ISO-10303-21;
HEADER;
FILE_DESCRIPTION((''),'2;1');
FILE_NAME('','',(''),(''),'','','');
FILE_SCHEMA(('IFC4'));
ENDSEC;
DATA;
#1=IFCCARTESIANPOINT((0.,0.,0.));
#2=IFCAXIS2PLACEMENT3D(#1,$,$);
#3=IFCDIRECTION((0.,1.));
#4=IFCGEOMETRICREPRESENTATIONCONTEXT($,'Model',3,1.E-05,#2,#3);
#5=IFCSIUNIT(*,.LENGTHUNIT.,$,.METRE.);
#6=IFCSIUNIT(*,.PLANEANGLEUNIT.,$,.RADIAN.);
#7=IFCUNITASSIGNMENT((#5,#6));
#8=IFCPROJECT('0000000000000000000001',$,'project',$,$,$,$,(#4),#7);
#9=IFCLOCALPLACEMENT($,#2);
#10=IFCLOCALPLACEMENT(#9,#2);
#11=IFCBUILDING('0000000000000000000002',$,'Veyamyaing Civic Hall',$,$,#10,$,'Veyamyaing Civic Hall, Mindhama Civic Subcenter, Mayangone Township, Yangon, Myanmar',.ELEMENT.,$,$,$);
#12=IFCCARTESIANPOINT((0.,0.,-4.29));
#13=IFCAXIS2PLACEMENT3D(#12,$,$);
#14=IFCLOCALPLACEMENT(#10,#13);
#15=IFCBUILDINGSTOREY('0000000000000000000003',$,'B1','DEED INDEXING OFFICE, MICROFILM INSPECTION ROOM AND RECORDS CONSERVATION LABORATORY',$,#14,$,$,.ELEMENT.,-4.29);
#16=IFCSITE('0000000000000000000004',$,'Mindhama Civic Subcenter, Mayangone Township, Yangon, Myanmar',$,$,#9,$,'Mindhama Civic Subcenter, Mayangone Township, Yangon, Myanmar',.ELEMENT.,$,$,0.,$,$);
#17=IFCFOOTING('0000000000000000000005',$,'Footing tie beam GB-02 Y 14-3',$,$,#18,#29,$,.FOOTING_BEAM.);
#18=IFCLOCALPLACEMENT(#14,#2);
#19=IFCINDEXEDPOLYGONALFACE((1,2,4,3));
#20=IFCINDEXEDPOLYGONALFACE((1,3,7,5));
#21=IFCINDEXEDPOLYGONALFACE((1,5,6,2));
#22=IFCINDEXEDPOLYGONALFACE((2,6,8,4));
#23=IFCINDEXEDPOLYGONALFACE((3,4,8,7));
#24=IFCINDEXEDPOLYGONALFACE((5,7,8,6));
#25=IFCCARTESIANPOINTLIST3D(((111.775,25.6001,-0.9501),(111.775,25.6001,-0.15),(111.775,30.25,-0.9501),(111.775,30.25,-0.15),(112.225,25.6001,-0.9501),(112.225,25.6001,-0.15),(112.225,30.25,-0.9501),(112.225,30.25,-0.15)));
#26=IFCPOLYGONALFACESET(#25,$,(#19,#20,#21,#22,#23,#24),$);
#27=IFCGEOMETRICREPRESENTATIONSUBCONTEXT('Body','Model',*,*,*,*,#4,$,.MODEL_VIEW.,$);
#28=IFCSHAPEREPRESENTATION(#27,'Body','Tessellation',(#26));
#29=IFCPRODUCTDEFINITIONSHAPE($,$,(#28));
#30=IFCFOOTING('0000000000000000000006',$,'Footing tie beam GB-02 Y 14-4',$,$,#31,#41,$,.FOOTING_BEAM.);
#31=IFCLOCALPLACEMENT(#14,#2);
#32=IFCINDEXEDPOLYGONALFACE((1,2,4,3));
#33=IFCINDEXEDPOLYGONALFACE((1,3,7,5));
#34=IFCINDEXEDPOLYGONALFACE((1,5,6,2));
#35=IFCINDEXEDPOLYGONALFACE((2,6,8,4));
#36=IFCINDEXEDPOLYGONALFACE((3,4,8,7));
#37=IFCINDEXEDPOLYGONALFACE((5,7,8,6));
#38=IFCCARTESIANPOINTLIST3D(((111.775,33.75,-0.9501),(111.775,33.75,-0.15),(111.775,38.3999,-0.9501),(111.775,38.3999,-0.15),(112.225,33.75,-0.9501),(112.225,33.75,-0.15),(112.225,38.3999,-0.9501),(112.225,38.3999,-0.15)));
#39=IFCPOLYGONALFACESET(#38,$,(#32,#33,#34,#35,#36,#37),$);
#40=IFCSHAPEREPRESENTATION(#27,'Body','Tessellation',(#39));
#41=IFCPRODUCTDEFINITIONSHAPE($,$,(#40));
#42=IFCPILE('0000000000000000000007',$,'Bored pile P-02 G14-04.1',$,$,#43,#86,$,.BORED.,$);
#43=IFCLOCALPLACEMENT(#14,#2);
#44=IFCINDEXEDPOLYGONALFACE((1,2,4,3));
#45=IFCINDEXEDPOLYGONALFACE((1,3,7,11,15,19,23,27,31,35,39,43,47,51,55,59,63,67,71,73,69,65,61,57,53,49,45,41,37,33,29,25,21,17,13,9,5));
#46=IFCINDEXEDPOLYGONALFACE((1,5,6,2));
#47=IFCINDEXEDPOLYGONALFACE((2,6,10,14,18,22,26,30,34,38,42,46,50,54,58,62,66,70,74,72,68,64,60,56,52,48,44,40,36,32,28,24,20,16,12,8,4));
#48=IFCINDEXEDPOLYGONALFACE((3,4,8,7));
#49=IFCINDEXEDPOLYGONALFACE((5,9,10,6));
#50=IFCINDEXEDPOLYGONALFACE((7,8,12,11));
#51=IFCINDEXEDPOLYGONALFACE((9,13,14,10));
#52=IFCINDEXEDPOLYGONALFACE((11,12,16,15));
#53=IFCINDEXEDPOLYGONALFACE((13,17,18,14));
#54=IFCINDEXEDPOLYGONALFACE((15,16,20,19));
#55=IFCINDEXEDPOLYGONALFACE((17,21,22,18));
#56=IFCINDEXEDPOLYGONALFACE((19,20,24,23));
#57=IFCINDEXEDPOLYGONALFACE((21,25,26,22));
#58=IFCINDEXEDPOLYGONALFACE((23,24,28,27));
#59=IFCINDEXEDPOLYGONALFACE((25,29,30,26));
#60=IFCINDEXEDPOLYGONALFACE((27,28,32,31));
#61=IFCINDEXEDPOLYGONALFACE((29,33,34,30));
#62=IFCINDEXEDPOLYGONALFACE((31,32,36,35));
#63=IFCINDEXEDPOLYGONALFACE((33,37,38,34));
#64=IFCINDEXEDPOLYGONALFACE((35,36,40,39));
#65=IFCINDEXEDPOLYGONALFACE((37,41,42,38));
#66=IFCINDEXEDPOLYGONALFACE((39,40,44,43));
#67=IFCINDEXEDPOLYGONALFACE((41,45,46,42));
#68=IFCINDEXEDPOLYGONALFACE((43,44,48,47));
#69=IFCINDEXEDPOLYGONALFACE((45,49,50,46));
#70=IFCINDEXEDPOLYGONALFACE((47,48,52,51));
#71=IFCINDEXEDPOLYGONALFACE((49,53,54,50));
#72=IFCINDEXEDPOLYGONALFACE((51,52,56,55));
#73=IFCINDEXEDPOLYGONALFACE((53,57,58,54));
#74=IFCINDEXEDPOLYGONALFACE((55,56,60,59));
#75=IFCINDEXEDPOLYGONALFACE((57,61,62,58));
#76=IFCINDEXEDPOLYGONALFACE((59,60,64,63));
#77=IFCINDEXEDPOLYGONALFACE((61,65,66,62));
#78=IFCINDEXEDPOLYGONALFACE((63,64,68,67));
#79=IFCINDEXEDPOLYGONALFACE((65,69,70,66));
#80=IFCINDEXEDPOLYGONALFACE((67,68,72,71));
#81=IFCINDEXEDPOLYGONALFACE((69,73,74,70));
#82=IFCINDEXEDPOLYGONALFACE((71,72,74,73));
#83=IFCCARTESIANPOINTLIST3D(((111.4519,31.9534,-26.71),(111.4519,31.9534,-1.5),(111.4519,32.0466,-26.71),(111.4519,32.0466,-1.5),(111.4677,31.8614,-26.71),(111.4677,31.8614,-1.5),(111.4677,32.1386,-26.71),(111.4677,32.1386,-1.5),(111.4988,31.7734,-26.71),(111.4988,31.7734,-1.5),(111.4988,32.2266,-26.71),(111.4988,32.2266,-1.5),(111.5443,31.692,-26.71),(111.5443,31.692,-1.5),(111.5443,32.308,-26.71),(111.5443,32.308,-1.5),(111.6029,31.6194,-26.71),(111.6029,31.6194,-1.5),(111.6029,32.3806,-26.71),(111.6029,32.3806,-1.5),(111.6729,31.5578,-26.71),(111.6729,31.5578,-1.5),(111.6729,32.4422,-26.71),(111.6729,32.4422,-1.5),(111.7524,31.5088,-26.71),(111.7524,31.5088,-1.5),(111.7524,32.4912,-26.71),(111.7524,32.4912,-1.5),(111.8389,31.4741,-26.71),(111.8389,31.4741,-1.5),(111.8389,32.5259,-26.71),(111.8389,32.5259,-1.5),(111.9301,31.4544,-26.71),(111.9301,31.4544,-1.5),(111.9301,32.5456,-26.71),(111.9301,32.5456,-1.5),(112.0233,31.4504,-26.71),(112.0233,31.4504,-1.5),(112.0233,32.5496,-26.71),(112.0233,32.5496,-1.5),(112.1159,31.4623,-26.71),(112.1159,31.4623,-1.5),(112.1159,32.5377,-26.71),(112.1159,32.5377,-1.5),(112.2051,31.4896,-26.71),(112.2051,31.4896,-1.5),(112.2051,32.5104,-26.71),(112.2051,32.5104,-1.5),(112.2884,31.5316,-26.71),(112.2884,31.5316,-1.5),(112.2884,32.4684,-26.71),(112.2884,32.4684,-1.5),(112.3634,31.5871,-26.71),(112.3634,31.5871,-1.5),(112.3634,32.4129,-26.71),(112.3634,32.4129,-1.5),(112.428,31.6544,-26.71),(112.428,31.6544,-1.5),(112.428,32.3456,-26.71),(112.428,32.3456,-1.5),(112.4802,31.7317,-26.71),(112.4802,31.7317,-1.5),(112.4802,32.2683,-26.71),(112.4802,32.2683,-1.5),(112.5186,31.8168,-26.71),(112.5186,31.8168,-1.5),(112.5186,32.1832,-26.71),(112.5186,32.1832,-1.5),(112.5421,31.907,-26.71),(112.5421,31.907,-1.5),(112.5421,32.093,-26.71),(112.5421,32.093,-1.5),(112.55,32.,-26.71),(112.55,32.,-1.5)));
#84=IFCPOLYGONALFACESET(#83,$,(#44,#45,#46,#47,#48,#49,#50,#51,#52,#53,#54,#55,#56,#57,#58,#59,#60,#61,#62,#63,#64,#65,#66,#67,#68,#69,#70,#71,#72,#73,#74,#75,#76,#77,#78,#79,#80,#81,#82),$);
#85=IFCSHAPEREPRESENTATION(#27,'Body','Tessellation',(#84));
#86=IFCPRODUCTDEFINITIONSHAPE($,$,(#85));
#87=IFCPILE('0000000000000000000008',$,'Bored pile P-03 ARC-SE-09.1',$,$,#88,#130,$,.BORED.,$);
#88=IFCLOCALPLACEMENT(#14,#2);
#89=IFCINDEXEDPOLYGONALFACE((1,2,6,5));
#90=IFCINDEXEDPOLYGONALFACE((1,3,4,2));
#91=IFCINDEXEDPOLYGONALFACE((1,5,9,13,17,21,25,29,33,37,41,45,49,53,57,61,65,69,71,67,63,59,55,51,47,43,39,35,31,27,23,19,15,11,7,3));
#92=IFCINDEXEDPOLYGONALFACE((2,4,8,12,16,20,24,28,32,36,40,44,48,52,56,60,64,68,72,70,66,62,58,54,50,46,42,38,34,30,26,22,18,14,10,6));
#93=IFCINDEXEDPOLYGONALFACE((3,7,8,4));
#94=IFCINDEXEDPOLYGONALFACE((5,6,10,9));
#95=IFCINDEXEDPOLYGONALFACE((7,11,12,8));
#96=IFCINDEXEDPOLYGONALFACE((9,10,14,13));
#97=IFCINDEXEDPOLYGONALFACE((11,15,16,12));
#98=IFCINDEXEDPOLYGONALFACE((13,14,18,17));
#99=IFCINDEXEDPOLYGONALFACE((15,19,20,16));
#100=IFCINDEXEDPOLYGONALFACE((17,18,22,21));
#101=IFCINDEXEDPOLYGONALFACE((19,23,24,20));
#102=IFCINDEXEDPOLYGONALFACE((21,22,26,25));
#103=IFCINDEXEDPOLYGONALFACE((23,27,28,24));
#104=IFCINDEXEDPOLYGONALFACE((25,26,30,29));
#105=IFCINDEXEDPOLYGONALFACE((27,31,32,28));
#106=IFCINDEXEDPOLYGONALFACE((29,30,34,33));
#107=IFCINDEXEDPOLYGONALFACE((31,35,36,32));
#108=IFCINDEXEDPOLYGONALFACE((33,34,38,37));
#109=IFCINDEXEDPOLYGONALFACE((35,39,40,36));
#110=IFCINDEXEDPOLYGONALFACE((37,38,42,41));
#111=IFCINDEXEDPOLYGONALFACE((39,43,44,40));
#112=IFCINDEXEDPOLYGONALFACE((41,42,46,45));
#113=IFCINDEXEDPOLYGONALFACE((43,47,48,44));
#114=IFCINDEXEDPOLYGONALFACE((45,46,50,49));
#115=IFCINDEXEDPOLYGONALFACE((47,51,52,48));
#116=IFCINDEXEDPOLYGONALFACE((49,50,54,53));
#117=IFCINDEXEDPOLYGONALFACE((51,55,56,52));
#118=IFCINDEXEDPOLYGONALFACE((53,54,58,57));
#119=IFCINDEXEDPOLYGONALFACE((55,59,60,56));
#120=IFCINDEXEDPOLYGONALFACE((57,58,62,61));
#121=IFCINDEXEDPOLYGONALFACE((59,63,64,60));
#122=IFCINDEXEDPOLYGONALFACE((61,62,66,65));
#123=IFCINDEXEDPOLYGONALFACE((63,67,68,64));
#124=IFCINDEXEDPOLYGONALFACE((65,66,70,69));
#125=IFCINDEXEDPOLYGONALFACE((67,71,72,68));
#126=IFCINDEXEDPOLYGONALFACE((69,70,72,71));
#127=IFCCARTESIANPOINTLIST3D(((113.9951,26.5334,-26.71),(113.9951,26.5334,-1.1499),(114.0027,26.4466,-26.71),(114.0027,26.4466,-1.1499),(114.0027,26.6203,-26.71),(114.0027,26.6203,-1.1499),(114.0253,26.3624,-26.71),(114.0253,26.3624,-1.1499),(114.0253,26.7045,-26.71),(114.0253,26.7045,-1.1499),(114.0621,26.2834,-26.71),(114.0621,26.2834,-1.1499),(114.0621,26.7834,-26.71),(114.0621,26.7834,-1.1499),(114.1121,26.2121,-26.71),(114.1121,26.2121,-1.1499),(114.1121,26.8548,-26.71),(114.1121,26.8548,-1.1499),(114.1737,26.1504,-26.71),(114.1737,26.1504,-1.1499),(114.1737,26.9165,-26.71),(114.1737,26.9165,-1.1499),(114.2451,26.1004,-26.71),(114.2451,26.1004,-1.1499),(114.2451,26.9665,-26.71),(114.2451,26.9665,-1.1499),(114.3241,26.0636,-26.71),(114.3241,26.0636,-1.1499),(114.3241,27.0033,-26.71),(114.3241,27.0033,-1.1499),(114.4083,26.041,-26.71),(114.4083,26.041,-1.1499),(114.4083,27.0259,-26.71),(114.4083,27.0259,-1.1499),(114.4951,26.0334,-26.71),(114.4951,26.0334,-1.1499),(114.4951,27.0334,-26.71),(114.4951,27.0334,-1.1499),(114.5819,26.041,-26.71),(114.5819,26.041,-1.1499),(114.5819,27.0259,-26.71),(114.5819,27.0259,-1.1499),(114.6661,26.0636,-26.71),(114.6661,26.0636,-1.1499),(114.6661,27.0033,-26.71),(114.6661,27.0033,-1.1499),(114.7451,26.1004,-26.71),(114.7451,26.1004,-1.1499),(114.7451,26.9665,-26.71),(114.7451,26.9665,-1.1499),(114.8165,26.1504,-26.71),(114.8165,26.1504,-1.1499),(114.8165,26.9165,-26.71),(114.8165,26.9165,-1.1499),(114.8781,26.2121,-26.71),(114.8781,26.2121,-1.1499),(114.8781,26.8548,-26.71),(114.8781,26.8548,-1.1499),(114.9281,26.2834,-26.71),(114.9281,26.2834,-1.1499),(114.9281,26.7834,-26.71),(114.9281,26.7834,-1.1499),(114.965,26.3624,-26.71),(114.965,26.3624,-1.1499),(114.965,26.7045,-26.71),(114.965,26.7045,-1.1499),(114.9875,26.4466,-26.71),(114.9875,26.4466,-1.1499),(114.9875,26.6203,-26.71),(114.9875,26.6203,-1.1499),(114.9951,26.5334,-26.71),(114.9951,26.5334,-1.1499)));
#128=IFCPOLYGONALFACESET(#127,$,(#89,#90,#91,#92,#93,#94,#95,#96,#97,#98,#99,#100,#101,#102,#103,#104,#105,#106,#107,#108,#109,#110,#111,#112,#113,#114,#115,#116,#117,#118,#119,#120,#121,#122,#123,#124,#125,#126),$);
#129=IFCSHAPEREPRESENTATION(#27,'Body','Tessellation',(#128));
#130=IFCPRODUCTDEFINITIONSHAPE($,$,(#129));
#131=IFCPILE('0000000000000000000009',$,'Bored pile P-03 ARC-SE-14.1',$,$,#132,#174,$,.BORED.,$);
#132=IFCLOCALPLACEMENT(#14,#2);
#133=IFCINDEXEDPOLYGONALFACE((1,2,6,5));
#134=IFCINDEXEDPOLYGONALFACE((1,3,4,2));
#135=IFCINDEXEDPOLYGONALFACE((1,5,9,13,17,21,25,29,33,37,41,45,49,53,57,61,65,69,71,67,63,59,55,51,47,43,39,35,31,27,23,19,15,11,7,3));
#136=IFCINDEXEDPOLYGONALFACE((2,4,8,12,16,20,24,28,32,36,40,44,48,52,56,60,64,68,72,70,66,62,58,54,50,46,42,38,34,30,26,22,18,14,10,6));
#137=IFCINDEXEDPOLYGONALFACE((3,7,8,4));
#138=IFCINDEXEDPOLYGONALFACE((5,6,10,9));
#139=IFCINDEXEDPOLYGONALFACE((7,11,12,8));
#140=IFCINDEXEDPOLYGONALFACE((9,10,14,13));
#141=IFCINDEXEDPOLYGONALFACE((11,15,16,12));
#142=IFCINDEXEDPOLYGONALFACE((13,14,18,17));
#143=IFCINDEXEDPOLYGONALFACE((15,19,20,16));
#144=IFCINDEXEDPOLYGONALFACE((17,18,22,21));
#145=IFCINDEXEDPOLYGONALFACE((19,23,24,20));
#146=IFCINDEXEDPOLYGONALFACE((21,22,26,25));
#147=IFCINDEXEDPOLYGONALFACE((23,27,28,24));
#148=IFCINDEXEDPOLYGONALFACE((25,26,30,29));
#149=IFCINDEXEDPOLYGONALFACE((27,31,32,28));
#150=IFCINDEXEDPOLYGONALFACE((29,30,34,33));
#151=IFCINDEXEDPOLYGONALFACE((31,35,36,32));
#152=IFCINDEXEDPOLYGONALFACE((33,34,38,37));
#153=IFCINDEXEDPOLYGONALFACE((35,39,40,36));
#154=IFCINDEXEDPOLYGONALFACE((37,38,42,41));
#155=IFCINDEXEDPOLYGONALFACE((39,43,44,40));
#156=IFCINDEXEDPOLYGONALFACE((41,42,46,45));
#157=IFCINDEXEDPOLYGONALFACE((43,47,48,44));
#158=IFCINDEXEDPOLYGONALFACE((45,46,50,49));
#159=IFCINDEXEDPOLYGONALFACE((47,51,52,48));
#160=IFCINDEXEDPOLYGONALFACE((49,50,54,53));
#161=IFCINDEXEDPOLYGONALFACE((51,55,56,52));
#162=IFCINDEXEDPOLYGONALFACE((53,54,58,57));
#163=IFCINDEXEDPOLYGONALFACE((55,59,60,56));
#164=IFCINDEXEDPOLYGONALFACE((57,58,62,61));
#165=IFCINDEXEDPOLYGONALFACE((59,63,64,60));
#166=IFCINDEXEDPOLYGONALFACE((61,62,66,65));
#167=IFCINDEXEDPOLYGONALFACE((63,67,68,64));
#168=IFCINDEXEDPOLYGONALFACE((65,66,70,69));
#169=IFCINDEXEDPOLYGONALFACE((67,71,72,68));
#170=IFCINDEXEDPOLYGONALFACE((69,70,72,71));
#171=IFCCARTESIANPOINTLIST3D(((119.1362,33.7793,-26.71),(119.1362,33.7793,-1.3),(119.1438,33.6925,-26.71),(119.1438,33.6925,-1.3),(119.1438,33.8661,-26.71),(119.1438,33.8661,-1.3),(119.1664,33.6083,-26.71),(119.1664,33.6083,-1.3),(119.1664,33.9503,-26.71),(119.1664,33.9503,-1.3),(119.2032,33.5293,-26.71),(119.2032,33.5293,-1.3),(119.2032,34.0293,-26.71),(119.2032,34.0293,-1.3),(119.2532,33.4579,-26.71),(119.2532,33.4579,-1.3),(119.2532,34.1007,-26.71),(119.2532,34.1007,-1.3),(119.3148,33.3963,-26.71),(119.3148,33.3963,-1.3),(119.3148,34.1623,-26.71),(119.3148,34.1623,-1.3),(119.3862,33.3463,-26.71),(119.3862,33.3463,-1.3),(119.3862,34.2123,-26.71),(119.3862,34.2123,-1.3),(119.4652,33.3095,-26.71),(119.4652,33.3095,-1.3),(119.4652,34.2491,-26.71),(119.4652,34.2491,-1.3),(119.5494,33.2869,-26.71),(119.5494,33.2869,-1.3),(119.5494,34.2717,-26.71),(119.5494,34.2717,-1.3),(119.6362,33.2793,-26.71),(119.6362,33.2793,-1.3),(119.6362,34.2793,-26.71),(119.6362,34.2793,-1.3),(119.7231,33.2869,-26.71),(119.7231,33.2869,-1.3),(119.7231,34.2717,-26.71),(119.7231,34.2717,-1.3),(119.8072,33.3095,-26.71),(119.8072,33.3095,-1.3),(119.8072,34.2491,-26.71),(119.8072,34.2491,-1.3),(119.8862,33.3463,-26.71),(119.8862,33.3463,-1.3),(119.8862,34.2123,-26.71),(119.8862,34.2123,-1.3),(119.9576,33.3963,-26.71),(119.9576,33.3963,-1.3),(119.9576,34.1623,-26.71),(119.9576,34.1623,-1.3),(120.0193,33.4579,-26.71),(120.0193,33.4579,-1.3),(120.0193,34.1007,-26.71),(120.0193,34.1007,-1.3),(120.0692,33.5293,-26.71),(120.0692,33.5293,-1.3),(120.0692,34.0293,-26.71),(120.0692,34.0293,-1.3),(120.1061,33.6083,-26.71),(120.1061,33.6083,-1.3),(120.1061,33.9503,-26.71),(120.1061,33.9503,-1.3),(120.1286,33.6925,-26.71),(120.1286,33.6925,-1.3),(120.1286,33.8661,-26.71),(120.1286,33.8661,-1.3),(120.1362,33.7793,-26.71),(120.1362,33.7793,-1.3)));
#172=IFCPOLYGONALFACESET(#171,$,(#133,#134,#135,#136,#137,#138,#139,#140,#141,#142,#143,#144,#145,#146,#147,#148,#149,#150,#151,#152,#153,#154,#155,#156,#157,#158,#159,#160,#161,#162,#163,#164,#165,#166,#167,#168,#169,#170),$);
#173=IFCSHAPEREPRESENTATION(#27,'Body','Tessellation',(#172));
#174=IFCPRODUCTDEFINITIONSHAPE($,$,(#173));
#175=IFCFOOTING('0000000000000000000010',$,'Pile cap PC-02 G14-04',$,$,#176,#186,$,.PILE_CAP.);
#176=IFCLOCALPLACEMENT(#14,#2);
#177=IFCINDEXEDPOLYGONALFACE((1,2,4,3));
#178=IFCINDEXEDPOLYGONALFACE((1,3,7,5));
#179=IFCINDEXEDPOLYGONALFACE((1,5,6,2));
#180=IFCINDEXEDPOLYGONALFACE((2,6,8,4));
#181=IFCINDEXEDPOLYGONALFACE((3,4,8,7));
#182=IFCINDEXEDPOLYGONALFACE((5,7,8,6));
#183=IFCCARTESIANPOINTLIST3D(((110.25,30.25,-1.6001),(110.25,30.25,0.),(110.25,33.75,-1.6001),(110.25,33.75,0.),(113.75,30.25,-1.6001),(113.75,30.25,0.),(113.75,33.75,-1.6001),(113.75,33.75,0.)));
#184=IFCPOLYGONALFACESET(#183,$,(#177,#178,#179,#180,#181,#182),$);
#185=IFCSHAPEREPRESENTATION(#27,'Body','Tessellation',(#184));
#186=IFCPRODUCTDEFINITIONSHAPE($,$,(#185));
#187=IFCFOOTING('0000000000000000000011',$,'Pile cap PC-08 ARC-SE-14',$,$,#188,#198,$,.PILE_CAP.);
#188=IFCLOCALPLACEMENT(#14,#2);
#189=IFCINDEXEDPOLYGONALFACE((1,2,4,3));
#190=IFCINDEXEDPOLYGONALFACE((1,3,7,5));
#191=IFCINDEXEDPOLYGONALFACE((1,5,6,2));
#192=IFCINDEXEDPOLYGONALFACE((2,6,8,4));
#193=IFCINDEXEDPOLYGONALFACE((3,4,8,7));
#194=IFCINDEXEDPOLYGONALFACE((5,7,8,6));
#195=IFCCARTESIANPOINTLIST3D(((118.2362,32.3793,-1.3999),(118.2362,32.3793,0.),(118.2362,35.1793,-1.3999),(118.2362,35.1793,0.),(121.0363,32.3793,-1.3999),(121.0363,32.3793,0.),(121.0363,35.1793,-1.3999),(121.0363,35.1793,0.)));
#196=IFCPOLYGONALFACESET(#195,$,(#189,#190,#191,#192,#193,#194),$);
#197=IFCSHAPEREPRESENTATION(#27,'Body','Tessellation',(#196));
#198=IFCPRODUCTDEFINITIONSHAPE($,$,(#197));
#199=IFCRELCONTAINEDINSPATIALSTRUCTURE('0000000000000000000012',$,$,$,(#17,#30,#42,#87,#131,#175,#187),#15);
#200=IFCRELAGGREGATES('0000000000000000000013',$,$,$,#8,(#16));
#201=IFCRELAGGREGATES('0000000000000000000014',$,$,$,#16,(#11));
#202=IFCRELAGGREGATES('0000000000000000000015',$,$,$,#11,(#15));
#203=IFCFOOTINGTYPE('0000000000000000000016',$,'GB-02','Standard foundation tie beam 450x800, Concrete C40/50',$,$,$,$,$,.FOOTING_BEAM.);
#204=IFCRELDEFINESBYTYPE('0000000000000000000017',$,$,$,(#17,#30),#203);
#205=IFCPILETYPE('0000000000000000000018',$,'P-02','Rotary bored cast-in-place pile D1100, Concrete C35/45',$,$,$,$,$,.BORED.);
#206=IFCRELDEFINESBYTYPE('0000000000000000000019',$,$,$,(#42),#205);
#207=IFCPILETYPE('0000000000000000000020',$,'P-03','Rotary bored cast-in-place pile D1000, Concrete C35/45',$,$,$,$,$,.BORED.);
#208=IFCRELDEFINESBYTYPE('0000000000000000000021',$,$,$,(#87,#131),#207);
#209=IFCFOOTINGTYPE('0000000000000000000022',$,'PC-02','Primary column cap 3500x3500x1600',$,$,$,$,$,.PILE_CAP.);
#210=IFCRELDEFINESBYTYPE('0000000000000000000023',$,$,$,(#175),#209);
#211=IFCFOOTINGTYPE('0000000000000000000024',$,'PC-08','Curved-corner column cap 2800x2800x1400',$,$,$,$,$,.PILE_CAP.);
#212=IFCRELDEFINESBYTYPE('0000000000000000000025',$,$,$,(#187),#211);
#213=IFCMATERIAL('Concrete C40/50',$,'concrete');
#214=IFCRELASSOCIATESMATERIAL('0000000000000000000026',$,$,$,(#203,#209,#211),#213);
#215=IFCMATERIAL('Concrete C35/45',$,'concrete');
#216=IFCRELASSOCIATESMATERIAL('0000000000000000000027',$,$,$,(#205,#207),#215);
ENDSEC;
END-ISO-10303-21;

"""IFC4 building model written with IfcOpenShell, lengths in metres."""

from ifc_helpers import new_model, si_unit, direction, frame, origin, origin_2d, place, context, subcontext, project, spatial, rectangle, circle, extrude, material, material_profile, profile_set, type_object, element, save


model = new_model("IFC4")

# Units and contexts
model_context = context("Model", 3, precision=1e-05, world=origin(), true_north=direction((0.0, 1.0)))
body_context = subcontext(model_context, "Body", "Model", "MODEL_VIEW")
ifc_project = project(units=[si_unit("LENGTHUNIT", "METRE"), si_unit("PLANEANGLEUNIT", "RADIAN")], contexts=[model_context])

# Site, building, storey
site_placement = place(None, origin())
site = spatial("IfcSite", under=ifc_project, at=site_placement, Name="Mindhama Civic Subcenter, Mayangone Township, Yangon, Myanmar", LongName="Mindhama Civic Subcenter, Mayangone Township, Yangon, Myanmar", CompositionType="ELEMENT", RefElevation=0.0)
building_placement = place(site_placement, origin())
building = spatial("IfcBuilding", under=site, at=building_placement, Name="Veyamyaing Civic Hall", LongName="Veyamyaing Civic Hall, Mindhama Civic Subcenter, Mayangone Township, Yangon, Myanmar", CompositionType="ELEMENT")
storey_placement = place(building_placement, frame((0.0, 0.0, -4.29)))
storey = spatial("IfcBuildingStorey", under=building, at=storey_placement, Name="B1", Description="DEED INDEXING OFFICE, MICROFILM INSPECTION ROOM AND RECORDS CONSERVATION LABORATORY", CompositionType="ELEMENT", Elevation=-4.29)

# Footings
ifc_material_1 = material(Name="Concrete C40/50", Category="concrete")
ifc_material_profile_1 = material_profile(ifc_material_1, rectangle(XDim=0.45, YDim=0.8, at=origin_2d()), Name="GB-450X800")
ifc_profile_set_1 = profile_set([ifc_material_profile_1], Name="Concrete C40/50")
footing_type_1 = type_object("IfcFootingType", Name="GB-02", Description="Standard foundation tie beam 450x800, Concrete C40/50", PredefinedType="FOOTING_BEAM", material=ifc_profile_set_1)
for number, where, z_axis, x_axis, name in (
    (1, (112.0, 25.6001, -0.55), (0.0, 1.0, 0.0), (-1.0, 0.0, 0.0), "Footing tie beam GB-02 Y 14-3"),
    (2, (112.0, 33.75, -0.55), (0.0, 1.0, 0.0), (-1.0, 0.0, 0.0), "Footing tie beam GB-02 Y 14-4"),
):
    element("IfcFooting", number, at=place(storey_placement, frame(where, z_axis=z_axis, x_axis=x_axis)), inside=storey, type_object=footing_type_1, Name=name, PredefinedType="FOOTING_BEAM", context=body_context, shape_type="SweptSolid", body=[
        extrude(rectangle(XDim=0.45, YDim=0.8, at=origin_2d()), origin(), (0.0, 0.0, 1.0), 4.6499),
    ])

# Piles
ifc_material_2 = material(Name="Concrete C35/45", Category="concrete")
ifc_material_profile_2 = material_profile(ifc_material_2, circle(Radius=0.55, at=origin_2d()), Name="PILE-D1100")
ifc_profile_set_2 = profile_set([ifc_material_profile_2], Name="Concrete C35/45")
pile_type_1 = type_object("IfcPileType", Name="P-02", Description="Rotary bored cast-in-place pile D1100, Concrete C35/45", PredefinedType="BORED", material=ifc_profile_set_2)
pile_1_placement = place(storey_placement, frame((112.0, 32.0, -1.5), z_axis=(0.0, 0.0, -1.0), x_axis=(1.0, 0.0, 0.0)))
element("IfcPile", 3, at=pile_1_placement, inside=storey, type_object=pile_type_1, Name="Bored pile P-02 G14-04.1", PredefinedType="BORED", context=body_context, shape_type="SweptSolid", body=[
    extrude(circle(Radius=0.55, at=origin_2d()), origin(), (0.0, 0.0, 1.0), 25.21),
])
ifc_material_profile_3 = material_profile(ifc_material_2, circle(Radius=0.5, at=origin_2d()), Name="PILE-D1000")
ifc_profile_set_3 = profile_set([ifc_material_profile_3], Name="Concrete C35/45")
pile_type_2 = type_object("IfcPileType", Name="P-03", Description="Rotary bored cast-in-place pile D1000, Concrete C35/45", PredefinedType="BORED", material=ifc_profile_set_3)
pile_2_placement = place(storey_placement, frame((114.4951, 26.5334, -1.1499), z_axis=(0.0, 0.0, -1.0), x_axis=(1.0, 0.0, 0.0)))
element("IfcPile", 4, at=pile_2_placement, inside=storey, type_object=pile_type_2, Name="Bored pile P-03 ARC-SE-09.1", PredefinedType="BORED", context=body_context, shape_type="SweptSolid", body=[
    extrude(circle(Radius=0.5, at=origin_2d()), origin(), (0.0, 0.0, 1.0), 25.5601),
])
pile_3_placement = place(storey_placement, frame((119.6362, 33.7793, -1.3), z_axis=(0.0, 0.0, -1.0), x_axis=(1.0, 0.0, 0.0)))
element("IfcPile", 5, at=pile_3_placement, inside=storey, type_object=pile_type_2, Name="Bored pile P-03 ARC-SE-14.1", PredefinedType="BORED", context=body_context, shape_type="SweptSolid", body=[
    extrude(circle(Radius=0.5, at=origin_2d()), origin(), (0.0, 0.0, 1.0), 25.4099),
])

# Footings
footing_type_2 = type_object("IfcFootingType", Name="PC-02", Description="Primary column cap 3500x3500x1600", PredefinedType="PILE_CAP", material=ifc_material_1)
footing_1_placement = place(storey_placement, frame((112.0, 32.0, -1.6001), z_axis=(0.0, 0.0, 1.0), x_axis=(1.0, 0.0, 0.0)))
element("IfcFooting", 6, at=footing_1_placement, inside=storey, type_object=footing_type_2, Name="Pile cap PC-02 G14-04", PredefinedType="PILE_CAP", context=body_context, shape_type="SweptSolid", body=[
    extrude(rectangle(XDim=3.5, YDim=3.5, at=origin_2d()), origin(), (0.0, 0.0, 1.0), 1.6001),
])
footing_type_3 = type_object("IfcFootingType", Name="PC-08", Description="Curved-corner column cap 2800x2800x1400", PredefinedType="PILE_CAP", material=ifc_material_1)
footing_2_placement = place(storey_placement, frame((119.6362, 33.7793, -1.3999), z_axis=(0.0, 0.0, 1.0), x_axis=(1.0, 0.0, 0.0)))
element("IfcFooting", 7, at=footing_2_placement, inside=storey, type_object=footing_type_3, Name="Pile cap PC-08 ARC-SE-14", PredefinedType="PILE_CAP", context=body_context, shape_type="SweptSolid", body=[
    extrude(rectangle(XDim=2.8, YDim=2.8, at=origin_2d()), origin(), (0.0, 0.0, 1.0), 1.3999),
])

save(model, "model.ifc")
